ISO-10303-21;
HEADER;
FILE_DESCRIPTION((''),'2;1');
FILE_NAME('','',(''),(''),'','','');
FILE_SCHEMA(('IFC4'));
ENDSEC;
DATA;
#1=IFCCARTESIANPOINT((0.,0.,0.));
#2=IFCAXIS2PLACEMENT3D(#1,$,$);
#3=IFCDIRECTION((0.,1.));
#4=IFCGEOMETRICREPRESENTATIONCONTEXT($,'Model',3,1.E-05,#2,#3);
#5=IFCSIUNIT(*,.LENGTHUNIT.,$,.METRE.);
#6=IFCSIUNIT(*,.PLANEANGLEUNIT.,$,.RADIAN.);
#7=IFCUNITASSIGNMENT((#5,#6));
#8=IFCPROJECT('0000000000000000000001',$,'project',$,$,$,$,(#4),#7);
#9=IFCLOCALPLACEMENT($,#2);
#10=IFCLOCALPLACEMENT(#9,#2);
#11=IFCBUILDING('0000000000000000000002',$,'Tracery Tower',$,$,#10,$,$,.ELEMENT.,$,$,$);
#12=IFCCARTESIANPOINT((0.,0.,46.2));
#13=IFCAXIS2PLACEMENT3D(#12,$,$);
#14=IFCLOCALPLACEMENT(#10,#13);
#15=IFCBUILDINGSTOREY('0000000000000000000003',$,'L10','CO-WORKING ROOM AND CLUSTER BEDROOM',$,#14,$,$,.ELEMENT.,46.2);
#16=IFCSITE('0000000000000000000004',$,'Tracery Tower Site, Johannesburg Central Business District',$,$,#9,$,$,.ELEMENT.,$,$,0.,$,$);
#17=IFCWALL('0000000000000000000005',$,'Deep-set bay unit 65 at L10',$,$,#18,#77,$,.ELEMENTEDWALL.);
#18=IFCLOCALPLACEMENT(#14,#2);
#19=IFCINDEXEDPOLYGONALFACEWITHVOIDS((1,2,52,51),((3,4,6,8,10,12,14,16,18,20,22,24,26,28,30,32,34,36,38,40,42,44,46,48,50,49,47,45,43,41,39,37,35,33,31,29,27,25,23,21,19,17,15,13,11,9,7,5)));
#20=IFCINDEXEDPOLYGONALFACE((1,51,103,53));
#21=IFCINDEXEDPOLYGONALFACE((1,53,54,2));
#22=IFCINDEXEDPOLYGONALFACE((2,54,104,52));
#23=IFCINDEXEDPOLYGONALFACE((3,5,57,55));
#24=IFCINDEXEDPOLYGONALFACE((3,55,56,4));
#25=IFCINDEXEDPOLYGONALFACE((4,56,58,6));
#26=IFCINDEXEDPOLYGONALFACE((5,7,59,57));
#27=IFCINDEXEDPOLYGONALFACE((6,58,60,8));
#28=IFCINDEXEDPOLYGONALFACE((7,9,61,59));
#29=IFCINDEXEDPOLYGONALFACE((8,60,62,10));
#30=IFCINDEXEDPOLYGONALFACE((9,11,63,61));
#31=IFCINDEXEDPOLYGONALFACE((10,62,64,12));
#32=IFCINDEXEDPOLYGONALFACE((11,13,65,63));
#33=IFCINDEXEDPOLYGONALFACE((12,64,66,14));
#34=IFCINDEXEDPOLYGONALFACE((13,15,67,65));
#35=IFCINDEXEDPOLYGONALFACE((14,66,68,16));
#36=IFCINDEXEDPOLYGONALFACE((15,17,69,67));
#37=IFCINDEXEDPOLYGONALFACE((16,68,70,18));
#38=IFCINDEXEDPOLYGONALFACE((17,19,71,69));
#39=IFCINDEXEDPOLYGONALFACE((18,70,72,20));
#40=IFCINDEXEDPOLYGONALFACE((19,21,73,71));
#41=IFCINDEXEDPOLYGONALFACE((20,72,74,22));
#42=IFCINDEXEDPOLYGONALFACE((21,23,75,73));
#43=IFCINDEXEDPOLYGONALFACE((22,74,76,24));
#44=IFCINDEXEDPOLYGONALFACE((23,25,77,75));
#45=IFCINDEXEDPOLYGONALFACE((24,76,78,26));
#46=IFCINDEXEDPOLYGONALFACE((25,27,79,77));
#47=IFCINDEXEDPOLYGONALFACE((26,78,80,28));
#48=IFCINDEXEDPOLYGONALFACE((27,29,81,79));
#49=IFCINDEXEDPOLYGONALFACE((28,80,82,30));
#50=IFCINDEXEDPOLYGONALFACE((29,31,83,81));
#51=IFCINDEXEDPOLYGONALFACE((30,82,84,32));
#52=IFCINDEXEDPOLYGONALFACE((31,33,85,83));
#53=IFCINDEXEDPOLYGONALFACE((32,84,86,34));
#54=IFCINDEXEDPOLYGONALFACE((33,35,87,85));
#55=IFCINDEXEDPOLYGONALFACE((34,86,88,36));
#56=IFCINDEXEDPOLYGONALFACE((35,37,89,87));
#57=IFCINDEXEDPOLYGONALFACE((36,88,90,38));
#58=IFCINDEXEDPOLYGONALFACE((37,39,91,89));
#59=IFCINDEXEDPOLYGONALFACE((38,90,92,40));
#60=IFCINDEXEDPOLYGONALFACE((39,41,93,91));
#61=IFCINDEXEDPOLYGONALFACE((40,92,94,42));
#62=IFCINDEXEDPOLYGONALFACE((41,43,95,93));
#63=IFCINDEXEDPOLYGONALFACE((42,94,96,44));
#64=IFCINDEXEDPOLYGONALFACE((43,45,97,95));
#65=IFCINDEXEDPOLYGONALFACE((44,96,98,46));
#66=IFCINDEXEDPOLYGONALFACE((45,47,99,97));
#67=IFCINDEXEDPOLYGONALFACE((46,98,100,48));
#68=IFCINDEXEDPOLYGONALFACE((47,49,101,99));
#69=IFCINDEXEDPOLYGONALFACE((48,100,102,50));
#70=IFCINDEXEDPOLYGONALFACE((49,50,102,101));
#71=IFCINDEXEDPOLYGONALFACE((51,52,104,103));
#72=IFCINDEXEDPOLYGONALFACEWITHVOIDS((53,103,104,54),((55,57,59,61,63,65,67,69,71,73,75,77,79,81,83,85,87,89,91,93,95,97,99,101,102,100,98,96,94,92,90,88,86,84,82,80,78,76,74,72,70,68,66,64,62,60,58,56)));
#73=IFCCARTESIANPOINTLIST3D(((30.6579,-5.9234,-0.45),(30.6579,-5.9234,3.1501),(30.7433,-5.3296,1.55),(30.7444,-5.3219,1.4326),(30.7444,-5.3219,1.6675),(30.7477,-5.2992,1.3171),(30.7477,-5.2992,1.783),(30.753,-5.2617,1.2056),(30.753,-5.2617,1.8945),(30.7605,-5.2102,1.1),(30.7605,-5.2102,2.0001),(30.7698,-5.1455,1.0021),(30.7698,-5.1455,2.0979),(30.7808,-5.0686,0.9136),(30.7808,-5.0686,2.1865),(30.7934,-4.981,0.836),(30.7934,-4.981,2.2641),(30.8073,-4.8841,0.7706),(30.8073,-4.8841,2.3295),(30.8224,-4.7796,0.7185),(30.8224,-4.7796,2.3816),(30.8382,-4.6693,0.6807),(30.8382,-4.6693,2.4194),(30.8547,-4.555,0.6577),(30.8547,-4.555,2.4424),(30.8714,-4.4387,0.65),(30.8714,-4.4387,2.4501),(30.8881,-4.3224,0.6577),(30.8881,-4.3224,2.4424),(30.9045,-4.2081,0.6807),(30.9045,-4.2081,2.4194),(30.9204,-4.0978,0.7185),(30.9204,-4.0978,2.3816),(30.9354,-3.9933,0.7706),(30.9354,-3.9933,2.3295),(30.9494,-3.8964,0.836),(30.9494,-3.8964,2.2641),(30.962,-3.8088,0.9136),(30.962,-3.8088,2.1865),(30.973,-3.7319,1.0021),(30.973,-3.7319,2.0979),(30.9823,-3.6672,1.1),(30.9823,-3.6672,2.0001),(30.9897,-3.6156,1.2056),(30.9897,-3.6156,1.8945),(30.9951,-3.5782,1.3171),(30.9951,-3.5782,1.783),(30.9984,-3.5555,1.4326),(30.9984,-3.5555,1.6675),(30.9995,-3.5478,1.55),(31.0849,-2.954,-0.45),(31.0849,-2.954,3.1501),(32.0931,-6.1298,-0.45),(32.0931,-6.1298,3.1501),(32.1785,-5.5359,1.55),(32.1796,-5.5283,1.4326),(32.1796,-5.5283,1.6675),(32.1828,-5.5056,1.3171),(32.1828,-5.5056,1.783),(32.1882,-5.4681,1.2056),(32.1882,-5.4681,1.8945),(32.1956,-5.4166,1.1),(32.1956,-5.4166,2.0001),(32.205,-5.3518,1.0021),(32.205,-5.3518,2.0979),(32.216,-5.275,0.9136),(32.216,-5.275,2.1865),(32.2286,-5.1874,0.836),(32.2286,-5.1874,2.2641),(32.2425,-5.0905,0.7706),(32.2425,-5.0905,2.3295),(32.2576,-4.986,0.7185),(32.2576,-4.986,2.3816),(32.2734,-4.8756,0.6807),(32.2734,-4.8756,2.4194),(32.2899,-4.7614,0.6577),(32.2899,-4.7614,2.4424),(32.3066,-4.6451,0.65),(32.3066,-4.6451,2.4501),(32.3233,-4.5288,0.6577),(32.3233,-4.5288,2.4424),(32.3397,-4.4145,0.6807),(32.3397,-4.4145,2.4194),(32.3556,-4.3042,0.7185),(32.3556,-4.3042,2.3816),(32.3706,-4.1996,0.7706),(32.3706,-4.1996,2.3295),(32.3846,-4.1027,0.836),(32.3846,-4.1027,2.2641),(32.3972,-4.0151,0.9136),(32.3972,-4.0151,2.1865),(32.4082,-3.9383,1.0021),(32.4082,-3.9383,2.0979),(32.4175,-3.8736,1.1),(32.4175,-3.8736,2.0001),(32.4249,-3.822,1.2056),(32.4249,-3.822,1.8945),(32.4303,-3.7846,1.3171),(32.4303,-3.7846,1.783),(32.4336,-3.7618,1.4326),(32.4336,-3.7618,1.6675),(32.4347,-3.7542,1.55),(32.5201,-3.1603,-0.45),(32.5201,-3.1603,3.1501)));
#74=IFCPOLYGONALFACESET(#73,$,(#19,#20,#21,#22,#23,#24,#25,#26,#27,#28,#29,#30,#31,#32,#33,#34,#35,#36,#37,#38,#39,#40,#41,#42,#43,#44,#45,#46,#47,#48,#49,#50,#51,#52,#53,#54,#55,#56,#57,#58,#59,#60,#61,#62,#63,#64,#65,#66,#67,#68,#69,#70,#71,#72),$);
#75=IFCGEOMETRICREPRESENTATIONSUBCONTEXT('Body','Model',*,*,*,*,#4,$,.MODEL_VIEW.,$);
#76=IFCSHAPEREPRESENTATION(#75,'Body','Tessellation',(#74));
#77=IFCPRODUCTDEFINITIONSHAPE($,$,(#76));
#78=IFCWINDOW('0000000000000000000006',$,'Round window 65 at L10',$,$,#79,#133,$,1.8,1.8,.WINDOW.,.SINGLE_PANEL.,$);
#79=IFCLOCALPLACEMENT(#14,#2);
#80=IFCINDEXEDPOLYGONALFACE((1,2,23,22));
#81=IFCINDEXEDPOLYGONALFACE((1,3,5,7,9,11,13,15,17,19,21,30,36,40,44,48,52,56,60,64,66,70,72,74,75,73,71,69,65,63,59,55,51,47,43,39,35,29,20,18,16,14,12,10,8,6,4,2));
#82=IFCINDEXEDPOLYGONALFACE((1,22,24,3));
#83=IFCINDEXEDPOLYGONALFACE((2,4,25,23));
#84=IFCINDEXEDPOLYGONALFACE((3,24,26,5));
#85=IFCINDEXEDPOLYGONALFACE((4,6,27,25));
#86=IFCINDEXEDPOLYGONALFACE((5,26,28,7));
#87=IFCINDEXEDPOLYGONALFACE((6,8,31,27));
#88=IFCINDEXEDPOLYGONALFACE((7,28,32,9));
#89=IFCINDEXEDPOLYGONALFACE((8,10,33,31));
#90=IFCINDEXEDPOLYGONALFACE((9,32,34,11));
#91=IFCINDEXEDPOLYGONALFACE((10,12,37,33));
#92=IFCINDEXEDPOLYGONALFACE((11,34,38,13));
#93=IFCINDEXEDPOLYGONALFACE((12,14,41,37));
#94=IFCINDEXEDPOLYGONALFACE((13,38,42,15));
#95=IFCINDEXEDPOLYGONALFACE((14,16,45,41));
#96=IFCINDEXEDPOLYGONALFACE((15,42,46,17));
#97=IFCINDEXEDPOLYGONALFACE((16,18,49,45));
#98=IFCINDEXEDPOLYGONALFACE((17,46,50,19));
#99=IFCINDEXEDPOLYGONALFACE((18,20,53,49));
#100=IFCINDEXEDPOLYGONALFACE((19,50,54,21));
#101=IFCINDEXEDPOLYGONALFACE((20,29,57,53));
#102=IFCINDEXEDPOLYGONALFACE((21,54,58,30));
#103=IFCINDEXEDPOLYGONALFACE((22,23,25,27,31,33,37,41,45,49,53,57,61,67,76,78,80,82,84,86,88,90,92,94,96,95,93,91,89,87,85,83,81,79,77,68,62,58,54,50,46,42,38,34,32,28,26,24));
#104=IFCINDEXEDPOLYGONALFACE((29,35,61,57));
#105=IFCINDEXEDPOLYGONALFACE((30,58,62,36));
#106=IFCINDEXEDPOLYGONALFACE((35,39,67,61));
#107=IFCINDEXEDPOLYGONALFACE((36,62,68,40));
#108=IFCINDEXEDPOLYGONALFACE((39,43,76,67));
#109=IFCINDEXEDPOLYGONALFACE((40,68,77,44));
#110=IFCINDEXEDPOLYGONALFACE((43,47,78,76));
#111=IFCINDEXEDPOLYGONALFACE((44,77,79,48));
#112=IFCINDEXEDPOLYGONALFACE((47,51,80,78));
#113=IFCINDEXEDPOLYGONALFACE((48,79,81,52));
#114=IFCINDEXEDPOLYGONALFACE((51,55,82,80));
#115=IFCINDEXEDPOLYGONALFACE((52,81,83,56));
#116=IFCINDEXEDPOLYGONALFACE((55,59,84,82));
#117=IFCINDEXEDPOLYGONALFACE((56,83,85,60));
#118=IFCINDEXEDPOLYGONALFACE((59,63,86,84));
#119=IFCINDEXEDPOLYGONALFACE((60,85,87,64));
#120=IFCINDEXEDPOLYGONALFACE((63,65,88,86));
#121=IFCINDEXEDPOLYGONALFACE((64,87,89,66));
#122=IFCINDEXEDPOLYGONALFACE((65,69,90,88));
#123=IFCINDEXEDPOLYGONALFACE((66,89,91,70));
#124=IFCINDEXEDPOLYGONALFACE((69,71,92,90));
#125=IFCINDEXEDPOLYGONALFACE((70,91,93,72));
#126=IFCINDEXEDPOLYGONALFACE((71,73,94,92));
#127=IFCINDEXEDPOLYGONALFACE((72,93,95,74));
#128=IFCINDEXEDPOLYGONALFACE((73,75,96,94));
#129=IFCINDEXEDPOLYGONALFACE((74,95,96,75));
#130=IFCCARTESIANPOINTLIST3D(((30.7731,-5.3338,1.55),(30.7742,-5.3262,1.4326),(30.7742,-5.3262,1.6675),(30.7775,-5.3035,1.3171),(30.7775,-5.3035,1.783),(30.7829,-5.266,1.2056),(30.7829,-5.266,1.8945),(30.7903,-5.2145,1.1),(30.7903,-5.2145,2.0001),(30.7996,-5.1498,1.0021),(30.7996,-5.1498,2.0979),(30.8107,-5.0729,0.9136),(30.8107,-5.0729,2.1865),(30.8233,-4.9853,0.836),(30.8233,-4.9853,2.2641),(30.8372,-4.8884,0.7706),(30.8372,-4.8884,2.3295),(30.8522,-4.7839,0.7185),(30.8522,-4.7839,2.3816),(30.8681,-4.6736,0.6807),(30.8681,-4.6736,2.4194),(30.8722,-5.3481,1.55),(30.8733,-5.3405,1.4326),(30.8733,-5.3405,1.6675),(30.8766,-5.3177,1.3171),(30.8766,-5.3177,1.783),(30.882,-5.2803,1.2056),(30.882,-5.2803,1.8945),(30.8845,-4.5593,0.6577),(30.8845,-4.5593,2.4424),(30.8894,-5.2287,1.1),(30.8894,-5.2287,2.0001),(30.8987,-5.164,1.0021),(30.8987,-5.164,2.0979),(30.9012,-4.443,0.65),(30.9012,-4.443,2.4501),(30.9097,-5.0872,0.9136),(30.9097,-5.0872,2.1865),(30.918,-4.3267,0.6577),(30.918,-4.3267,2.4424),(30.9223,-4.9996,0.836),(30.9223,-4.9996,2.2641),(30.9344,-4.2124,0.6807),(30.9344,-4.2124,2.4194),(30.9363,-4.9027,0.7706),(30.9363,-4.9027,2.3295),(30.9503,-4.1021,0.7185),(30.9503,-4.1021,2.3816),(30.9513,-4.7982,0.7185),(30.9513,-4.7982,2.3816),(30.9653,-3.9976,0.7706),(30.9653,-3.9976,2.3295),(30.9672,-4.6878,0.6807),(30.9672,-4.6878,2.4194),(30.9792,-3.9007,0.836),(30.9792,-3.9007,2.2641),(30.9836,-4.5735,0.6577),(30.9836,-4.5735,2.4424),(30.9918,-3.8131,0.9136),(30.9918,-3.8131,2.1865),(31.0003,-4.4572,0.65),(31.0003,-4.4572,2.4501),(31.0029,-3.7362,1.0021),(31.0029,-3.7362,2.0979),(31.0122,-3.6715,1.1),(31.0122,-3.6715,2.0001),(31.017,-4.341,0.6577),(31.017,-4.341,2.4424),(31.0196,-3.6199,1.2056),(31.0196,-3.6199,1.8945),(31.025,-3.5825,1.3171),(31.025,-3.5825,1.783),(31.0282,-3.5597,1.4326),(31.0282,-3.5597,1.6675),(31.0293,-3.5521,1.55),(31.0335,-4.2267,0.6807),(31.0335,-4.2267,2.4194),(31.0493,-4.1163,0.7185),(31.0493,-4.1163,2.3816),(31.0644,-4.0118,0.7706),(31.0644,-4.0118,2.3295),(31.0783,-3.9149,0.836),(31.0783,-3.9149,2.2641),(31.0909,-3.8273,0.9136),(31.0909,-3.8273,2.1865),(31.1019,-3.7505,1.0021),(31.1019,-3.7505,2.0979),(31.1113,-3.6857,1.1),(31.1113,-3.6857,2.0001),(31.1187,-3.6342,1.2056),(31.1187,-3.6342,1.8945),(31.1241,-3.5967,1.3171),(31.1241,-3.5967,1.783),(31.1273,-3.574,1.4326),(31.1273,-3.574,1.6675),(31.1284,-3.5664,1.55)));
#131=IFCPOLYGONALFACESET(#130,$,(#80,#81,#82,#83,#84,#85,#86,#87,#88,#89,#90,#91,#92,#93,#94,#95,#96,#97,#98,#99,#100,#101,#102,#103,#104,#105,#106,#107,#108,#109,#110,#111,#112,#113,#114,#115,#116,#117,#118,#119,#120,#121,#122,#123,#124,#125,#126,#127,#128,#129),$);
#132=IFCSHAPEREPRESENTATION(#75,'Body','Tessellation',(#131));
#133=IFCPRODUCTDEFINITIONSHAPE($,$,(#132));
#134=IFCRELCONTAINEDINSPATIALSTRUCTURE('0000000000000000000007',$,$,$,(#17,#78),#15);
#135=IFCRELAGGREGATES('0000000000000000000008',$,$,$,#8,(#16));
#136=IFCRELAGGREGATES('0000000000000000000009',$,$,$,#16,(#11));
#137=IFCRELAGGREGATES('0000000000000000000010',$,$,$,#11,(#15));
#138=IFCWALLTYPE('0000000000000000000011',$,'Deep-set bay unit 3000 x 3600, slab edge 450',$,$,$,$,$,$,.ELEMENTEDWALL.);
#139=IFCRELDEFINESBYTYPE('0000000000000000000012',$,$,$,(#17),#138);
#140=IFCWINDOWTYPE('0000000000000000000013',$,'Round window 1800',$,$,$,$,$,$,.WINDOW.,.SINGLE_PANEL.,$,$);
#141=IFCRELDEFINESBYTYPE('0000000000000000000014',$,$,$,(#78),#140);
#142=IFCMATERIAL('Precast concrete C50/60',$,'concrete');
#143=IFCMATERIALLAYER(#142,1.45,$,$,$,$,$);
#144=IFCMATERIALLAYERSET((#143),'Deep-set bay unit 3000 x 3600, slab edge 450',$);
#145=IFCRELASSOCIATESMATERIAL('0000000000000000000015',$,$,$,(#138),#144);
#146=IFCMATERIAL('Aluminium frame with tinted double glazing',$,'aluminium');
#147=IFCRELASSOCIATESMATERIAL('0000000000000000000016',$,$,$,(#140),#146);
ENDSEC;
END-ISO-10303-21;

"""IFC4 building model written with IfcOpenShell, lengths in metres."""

from ifc_helpers import new_model, si_unit, direction, frame, frame_2d, origin, origin_2d, place, context, subcontext, project, spatial, rectangle, circle, extrude, material, layer, layer_set, type_object, element, fill, save


model = new_model("IFC4")

# Units and contexts
model_context = context("Model", 3, precision=1e-05, world=origin(), true_north=direction((0.0, 1.0)))
body_context = subcontext(model_context, "Body", "Model", "MODEL_VIEW")
ifc_project = project(units=[si_unit("LENGTHUNIT", "METRE"), si_unit("PLANEANGLEUNIT", "RADIAN")], contexts=[model_context])

# Site, building, storey
site_placement = place(None, origin())
site = spatial("IfcSite", under=ifc_project, at=site_placement, Name="Tracery Tower Site, Johannesburg Central Business District", CompositionType="ELEMENT", RefElevation=0.0)
building_placement = place(site_placement, origin())
building = spatial("IfcBuilding", under=site, at=building_placement, Name="Tracery Tower", CompositionType="ELEMENT")
storey_placement = place(building_placement, frame((0.0, 0.0, 46.2)))
storey = spatial("IfcBuildingStorey", under=building, at=storey_placement, Name="L10", Description="CO-WORKING ROOM AND CLUSTER BEDROOM", CompositionType="ELEMENT", Elevation=46.2)

# Wall, opening, window
ifc_material_1 = material(Name="Precast concrete C50/60", Category="concrete")
ifc_layer_1 = layer(ifc_material_1, 1.45)
ifc_layer_set_1 = layer_set([ifc_layer_1], Name="Deep-set bay unit 3000 x 3600, slab edge 450")
wall_type_1 = type_object("IfcWallType", Name="Deep-set bay unit 3000 x 3600, slab edge 450", PredefinedType="ELEMENTEDWALL", material=ifc_layer_set_1)
ifc_material_2 = material(Name="Aluminium frame with tinted double glazing", Category="aluminium")
window_type = type_object("IfcWindowType", Name="Round window 1800", PartitioningType="SINGLE_PANEL", PredefinedType="WINDOW", material=ifc_material_2)
wall_1_placement = place(storey_placement, frame((31.3755, -6.0266, -0.45), z_axis=(0.0, 0.0, 1.0), x_axis=(0.142333, 0.989819, 0.0)))
wall_1 = element("IfcWall", 1, at=wall_1_placement, inside=storey, type_object=wall_type_1, Name="Deep-set bay unit 65 at L10", PredefinedType="ELEMENTEDWALL", context=body_context, shape_type="SweptSolid", body=[
    extrude(rectangle(XDim=3.0, YDim=1.45, at=frame_2d((1.5, 0.0))), origin(), (0.0, 0.0, 1.0), 3.6001),
])
opening_1_placement = place(wall_1_placement, frame((1.5, 0.0, 2.0)))
opening_1 = element("IfcOpeningElement", 2, at=opening_1_placement, cuts=wall_1, PredefinedType="OPENING", context=body_context, shape_type="SweptSolid", body=[
    extrude(circle(Radius=0.9, at=origin_2d()), frame((0.0, 0.7349, 0.0), z_axis=(0.0, -1.0, 0.0), x_axis=(1.0, 0.0, 0.0)), (0.0, 0.0, 1.0), 1.47),
])
window_1_placement = place(opening_1_placement, origin())
window_1 = element("IfcWindow", 3, at=window_1_placement, inside=storey, type_object=window_type, Name="Round window 65 at L10", OverallHeight=1.8, OverallWidth=1.8, PartitioningType="SINGLE_PANEL", PredefinedType="WINDOW", context=body_context, shape_type="SweptSolid", body=[
    extrude(circle(Radius=0.9, at=origin_2d()), frame((0.0, 0.6948, 0.0), z_axis=(0.0, -1.0, 0.0), x_axis=(1.0, 0.0, 0.0)), (0.0, 0.0, 1.0), 0.1001),
])
fill(opening_1, window_1)

save(model, "model.ifc")
